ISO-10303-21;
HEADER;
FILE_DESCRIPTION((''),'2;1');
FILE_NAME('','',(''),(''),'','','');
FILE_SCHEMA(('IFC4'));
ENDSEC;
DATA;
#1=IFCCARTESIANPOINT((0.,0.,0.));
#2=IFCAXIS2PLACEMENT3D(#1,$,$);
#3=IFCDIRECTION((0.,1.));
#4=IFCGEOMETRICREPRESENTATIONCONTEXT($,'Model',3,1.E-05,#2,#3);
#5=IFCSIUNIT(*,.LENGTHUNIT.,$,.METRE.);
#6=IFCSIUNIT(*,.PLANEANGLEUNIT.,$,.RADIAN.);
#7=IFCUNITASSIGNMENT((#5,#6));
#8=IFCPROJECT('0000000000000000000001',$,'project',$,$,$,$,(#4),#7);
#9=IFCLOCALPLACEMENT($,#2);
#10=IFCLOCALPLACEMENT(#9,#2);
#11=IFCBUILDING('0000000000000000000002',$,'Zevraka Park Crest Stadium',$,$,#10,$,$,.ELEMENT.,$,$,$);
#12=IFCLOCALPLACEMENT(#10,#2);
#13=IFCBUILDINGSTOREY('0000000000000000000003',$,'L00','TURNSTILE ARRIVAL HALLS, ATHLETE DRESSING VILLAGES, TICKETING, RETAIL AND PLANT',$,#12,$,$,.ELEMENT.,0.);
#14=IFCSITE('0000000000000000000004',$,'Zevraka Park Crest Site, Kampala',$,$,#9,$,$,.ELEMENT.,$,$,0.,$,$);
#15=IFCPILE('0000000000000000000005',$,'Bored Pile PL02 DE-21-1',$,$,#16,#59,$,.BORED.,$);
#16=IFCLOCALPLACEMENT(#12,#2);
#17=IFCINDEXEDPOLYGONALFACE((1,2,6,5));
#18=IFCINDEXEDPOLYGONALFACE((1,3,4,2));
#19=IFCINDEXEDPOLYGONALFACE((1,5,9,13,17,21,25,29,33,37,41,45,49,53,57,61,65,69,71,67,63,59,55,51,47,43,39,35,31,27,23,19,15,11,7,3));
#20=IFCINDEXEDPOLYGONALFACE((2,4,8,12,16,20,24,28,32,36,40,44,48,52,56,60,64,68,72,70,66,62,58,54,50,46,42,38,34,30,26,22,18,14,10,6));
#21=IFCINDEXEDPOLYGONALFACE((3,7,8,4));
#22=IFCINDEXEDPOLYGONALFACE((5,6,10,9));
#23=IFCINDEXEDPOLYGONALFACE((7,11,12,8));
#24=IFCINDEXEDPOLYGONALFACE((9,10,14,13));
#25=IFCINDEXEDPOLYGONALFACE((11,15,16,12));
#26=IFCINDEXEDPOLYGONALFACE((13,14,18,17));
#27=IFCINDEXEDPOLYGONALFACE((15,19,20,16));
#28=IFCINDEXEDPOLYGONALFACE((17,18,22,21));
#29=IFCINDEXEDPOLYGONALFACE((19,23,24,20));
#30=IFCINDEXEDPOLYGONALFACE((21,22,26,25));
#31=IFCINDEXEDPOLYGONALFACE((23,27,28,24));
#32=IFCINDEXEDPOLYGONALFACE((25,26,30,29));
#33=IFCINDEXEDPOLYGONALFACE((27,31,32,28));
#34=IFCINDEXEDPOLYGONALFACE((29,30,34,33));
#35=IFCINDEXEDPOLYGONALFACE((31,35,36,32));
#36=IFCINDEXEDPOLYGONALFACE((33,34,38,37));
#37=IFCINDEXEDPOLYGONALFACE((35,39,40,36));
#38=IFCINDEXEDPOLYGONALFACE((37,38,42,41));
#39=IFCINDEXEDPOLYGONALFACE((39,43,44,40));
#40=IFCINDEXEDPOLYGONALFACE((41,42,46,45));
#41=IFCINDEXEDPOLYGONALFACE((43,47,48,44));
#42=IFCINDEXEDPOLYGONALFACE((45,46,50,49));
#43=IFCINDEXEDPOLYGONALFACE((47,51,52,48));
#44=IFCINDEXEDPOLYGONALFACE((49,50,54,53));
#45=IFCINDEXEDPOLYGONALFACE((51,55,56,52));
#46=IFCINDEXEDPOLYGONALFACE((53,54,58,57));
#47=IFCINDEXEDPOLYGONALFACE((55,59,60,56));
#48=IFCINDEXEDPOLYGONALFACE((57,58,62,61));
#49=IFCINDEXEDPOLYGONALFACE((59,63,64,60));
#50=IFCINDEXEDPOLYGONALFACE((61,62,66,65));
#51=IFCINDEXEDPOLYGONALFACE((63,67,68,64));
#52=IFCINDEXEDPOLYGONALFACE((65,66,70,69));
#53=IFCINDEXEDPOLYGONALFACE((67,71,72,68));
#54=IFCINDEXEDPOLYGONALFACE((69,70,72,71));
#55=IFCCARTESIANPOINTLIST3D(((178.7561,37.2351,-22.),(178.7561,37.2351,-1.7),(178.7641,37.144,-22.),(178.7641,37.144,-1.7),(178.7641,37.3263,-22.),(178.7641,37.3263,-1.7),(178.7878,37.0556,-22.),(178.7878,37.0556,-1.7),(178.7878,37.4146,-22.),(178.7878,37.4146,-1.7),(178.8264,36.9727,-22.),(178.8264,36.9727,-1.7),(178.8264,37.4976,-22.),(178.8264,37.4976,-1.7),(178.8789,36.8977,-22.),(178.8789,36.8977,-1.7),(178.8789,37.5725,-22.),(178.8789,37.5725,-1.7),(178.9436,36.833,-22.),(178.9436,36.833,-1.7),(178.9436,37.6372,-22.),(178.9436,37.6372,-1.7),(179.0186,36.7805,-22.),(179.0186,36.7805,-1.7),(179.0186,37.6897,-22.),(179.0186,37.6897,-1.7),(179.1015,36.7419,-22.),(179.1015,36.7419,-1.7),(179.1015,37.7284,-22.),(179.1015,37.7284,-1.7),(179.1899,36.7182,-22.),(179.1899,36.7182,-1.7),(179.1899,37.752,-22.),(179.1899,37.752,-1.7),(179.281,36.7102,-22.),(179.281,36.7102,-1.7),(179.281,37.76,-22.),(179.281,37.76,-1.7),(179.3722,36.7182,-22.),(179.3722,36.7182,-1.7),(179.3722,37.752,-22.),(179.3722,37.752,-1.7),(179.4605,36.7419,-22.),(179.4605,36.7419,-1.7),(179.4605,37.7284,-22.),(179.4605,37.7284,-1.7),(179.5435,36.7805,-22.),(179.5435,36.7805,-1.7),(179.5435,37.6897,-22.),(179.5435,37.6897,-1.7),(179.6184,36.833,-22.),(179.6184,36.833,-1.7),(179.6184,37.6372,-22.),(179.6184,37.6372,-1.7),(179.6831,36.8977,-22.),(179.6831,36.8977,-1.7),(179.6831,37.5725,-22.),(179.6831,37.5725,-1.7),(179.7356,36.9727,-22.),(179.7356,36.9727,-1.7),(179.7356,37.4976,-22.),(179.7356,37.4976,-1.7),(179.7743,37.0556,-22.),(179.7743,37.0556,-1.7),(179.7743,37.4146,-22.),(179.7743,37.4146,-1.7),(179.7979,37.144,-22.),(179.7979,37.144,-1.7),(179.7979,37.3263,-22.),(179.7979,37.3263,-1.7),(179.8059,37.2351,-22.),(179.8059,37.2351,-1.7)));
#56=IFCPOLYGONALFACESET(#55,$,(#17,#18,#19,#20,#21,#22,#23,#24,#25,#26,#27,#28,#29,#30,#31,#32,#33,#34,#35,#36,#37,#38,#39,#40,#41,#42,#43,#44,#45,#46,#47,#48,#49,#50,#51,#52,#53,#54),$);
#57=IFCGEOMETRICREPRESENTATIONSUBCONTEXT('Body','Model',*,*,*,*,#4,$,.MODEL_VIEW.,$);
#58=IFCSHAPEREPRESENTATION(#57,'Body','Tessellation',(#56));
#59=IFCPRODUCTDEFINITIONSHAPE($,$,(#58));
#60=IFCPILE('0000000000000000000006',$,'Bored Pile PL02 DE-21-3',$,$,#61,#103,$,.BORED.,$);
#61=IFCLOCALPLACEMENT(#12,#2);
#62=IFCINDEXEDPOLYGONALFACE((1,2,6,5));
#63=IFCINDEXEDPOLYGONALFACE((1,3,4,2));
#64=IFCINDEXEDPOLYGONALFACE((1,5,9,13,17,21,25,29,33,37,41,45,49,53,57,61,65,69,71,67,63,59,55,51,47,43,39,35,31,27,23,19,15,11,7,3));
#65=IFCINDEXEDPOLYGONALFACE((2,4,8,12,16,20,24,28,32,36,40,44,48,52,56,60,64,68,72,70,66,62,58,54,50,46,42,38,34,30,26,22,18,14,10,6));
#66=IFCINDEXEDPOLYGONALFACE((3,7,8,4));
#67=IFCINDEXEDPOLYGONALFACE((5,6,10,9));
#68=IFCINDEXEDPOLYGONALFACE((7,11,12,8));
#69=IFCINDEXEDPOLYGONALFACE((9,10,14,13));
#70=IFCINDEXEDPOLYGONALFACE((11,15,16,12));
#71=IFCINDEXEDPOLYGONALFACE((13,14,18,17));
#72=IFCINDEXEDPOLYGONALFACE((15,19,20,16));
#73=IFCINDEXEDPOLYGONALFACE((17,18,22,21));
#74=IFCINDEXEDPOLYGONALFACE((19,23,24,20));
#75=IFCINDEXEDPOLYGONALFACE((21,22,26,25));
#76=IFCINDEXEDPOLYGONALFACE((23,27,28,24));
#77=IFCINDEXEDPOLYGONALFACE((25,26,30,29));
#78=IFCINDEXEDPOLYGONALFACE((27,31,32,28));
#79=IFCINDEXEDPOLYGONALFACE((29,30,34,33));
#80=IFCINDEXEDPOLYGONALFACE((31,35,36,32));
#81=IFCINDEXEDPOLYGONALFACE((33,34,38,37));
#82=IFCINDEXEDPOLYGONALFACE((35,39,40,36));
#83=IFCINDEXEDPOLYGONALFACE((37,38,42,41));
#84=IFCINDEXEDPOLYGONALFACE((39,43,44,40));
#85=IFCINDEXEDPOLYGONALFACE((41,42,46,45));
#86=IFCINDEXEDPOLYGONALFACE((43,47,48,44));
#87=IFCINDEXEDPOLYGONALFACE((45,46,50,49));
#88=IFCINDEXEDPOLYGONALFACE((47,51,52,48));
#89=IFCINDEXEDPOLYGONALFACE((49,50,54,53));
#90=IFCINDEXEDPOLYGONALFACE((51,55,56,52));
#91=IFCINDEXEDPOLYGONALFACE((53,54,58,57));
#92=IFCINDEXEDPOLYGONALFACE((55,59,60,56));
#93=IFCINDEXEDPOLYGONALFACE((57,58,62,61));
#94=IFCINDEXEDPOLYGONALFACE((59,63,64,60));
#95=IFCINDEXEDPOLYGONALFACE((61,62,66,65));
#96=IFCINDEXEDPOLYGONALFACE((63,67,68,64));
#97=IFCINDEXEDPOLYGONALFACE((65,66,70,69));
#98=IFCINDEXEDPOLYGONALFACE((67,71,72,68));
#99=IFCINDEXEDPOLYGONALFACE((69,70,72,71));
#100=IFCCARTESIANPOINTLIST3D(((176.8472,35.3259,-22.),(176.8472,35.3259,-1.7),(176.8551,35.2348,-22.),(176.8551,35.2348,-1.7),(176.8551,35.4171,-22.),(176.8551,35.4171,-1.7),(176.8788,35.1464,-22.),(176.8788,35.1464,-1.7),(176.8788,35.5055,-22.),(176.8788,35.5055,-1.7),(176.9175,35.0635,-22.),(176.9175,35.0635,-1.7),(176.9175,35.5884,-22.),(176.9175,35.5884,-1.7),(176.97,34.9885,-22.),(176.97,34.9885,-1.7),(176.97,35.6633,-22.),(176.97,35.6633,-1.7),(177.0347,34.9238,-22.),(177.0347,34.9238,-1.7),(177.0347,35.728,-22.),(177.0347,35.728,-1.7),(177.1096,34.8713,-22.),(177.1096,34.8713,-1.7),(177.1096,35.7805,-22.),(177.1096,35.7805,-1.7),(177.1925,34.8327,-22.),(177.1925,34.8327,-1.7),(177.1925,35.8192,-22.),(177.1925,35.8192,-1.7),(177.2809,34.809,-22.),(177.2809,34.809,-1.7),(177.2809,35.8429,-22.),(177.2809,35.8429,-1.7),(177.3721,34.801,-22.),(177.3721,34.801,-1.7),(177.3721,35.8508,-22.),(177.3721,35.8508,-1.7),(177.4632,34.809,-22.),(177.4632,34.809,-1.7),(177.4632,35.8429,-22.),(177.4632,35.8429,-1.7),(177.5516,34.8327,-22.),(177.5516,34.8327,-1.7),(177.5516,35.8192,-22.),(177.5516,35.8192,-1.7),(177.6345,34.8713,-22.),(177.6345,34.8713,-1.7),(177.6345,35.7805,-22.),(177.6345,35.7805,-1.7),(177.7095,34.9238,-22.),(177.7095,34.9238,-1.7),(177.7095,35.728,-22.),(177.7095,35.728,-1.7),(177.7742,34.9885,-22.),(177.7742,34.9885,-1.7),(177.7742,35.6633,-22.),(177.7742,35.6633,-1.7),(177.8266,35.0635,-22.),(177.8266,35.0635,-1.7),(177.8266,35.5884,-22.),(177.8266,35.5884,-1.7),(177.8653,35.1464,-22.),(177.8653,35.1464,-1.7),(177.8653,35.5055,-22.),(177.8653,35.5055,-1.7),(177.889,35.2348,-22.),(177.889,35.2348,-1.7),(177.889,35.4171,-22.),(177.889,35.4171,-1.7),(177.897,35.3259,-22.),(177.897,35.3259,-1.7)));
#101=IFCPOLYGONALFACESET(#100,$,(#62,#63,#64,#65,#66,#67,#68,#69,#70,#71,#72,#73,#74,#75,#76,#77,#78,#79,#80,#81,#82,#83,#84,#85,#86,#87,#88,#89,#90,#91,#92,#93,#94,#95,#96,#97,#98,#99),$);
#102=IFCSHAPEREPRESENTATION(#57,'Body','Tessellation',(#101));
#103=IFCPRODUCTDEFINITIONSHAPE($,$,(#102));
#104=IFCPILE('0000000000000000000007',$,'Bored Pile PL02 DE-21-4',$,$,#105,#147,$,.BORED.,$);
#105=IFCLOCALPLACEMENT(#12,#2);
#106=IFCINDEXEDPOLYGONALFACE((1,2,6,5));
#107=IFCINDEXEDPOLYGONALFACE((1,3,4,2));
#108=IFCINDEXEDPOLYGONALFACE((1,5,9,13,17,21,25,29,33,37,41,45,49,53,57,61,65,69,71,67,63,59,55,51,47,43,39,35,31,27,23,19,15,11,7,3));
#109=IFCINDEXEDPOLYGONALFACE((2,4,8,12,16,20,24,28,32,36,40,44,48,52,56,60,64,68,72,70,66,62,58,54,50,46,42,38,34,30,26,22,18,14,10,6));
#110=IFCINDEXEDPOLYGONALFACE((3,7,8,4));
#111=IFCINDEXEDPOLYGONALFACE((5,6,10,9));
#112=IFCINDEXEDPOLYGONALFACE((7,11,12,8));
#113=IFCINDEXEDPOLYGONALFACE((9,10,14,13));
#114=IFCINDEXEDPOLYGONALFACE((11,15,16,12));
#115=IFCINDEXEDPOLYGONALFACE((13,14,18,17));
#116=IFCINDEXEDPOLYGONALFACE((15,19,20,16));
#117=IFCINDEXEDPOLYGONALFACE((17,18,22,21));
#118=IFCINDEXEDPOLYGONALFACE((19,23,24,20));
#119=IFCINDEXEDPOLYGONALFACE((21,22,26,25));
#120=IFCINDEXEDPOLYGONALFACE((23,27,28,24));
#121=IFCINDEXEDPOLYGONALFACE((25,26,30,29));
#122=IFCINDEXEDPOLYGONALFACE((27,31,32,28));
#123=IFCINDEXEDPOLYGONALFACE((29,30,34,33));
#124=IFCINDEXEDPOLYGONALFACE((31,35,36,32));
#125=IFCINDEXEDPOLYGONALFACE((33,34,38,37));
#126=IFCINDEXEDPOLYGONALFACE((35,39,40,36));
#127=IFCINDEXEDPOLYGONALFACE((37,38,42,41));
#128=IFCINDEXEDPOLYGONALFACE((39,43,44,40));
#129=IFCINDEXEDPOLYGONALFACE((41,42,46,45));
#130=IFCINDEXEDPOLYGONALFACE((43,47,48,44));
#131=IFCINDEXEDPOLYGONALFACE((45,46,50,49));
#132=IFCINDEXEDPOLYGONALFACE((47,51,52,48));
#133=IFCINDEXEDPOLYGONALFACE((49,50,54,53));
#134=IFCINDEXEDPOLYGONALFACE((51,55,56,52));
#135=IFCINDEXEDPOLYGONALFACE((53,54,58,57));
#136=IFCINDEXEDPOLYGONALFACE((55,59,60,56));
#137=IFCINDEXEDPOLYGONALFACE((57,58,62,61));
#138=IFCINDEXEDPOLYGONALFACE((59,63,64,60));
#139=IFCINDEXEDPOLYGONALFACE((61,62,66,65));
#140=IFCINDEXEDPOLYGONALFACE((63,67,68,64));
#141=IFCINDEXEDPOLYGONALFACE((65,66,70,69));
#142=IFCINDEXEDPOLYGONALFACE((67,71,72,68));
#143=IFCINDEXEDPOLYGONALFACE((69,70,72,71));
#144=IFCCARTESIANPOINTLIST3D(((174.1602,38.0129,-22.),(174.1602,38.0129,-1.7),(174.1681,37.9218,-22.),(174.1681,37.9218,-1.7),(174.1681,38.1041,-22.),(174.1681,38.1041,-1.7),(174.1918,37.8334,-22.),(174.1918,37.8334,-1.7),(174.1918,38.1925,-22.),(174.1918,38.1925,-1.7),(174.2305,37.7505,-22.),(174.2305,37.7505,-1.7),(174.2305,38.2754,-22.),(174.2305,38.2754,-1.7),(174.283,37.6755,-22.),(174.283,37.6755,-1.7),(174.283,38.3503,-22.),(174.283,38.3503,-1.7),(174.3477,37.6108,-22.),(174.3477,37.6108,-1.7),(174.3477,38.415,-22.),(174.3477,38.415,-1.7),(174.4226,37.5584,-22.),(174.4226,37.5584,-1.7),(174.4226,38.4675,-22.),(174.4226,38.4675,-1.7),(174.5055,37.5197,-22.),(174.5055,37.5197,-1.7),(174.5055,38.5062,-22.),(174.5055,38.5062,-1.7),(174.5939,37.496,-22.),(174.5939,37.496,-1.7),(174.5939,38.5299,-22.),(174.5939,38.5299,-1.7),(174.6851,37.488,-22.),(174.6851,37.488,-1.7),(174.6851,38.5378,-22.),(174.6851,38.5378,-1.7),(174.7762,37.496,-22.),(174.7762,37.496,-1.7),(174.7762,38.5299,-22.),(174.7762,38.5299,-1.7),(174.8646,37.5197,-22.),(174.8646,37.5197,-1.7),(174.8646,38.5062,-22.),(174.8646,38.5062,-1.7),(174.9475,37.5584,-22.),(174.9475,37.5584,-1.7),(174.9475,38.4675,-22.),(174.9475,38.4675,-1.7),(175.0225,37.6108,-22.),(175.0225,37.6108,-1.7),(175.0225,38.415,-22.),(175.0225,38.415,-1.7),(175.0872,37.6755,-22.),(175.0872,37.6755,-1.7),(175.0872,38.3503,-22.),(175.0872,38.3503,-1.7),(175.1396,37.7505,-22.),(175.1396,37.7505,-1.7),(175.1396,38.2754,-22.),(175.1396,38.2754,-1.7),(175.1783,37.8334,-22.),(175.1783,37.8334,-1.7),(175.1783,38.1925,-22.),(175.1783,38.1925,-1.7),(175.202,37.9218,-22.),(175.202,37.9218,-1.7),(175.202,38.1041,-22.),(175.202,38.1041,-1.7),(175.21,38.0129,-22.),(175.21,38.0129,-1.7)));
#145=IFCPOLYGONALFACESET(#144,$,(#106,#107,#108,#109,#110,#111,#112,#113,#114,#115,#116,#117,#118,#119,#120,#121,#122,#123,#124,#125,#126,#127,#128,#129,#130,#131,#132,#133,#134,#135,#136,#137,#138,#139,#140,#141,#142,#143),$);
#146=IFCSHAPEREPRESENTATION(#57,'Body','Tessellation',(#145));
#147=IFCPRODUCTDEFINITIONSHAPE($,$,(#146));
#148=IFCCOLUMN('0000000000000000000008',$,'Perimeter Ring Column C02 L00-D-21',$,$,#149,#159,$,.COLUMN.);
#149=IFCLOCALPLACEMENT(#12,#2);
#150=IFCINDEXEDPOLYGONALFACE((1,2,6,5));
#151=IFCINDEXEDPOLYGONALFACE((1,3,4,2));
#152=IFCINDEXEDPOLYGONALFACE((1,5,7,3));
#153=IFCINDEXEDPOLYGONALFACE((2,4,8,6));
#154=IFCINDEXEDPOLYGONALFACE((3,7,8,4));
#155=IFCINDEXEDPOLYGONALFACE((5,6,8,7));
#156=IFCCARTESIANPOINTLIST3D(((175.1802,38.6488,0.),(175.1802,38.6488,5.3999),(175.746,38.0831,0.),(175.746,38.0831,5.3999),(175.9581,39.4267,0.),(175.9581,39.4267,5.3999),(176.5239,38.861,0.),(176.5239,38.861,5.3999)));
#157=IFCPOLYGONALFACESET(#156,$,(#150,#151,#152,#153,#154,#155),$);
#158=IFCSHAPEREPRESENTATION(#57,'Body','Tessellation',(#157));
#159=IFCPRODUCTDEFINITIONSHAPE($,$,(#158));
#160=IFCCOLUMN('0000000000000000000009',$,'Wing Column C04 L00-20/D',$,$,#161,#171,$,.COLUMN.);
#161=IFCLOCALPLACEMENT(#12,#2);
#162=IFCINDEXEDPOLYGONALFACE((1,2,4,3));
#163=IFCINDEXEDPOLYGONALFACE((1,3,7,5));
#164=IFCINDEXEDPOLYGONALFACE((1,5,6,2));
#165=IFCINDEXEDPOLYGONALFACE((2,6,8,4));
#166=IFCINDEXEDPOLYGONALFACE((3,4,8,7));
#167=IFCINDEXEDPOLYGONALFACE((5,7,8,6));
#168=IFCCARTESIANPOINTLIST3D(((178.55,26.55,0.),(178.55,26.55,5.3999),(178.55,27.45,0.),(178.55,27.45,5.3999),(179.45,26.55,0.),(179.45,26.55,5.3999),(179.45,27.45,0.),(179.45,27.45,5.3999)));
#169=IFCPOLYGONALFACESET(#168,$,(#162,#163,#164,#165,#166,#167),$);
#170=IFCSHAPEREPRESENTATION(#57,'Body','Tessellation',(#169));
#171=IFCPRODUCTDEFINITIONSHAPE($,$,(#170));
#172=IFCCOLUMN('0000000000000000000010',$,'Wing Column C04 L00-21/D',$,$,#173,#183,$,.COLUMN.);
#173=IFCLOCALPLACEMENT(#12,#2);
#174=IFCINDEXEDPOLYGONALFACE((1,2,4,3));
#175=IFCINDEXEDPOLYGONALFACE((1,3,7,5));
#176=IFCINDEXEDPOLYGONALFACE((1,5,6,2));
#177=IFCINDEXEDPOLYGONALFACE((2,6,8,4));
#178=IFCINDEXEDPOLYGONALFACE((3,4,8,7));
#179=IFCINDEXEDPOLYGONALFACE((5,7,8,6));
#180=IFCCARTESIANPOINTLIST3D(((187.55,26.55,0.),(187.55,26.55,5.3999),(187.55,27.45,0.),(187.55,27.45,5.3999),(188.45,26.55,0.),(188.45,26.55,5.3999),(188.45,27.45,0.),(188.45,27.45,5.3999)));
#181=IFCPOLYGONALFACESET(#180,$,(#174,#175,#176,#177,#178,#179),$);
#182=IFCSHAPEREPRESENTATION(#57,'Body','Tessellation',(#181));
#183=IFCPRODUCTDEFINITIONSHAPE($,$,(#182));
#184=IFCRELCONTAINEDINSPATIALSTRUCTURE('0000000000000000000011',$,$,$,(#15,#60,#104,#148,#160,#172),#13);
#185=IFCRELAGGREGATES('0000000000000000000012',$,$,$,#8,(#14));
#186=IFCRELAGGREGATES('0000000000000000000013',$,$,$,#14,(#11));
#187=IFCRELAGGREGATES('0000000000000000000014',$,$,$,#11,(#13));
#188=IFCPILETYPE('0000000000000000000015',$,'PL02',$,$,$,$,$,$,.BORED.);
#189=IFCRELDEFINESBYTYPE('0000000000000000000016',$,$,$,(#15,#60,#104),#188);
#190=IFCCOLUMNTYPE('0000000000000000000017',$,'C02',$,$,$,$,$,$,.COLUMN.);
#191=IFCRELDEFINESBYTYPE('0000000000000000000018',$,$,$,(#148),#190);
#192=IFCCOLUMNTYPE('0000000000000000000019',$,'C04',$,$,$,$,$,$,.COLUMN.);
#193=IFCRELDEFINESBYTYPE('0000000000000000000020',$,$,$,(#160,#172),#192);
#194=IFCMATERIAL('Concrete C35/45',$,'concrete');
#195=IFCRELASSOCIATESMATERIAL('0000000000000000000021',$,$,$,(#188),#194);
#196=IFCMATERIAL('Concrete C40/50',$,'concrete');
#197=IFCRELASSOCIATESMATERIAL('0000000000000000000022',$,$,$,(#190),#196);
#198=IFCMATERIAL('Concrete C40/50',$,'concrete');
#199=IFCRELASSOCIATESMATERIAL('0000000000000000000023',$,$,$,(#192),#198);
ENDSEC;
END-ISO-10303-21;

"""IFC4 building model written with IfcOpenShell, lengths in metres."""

from ifc_helpers import new_model, si_unit, direction, frame, origin, origin_2d, place, context, subcontext, project, spatial, rectangle, circle, extrude, material, material_profile, profile_set, type_object, element, save


model = new_model("IFC4")

# Units and contexts
model_context = context("Model", 3, precision=1e-05, world=origin(), true_north=direction((0.0, 1.0)))
body_context = subcontext(model_context, "Body", "Model", "MODEL_VIEW")
ifc_project = project(units=[si_unit("LENGTHUNIT", "METRE"), si_unit("PLANEANGLEUNIT", "RADIAN")], contexts=[model_context])

# Site, building, storey
site_placement = place(None, origin())
site = spatial("IfcSite", under=ifc_project, at=site_placement, Name="Zevraka Park Crest Site, Kampala", CompositionType="ELEMENT", RefElevation=0.0)
building_placement = place(site_placement, origin())
building = spatial("IfcBuilding", under=site, at=building_placement, Name="Zevraka Park Crest Stadium", CompositionType="ELEMENT")
storey_placement = place(building_placement, origin())
storey = spatial("IfcBuildingStorey", under=building, at=storey_placement, Name="L00", Description="TURNSTILE ARRIVAL HALLS, ATHLETE DRESSING VILLAGES, TICKETING, RETAIL AND PLANT", CompositionType="ELEMENT", Elevation=0.0)

# Piles
ifc_material_1 = material(Name="Concrete C35/45", Category="concrete")
ifc_material_profile_1 = material_profile(ifc_material_1, circle(Radius=0.5249, at=origin_2d()), Name="PILE D1050")
ifc_profile_set_1 = profile_set([ifc_material_profile_1], Name="Concrete C35/45")
pile_type_1 = type_object("IfcPileType", Name="PL02", PredefinedType="BORED", material=ifc_profile_set_1)
for number, where, z_axis, x_axis, name in (
    (1, (179.281, 37.2351, -1.7), (0.0, 0.0, -1.0), (1.0, 0.0, 0.0), "Bored Pile PL02 DE-21-1"),
    (2, (177.3721, 35.3259, -1.7), (0.0, 0.0, -1.0), (1.0, 0.0, 0.0), "Bored Pile PL02 DE-21-3"),
    (3, (174.6851, 38.0129, -1.7), (0.0, 0.0, -1.0), (1.0, 0.0, 0.0), "Bored Pile PL02 DE-21-4"),
):
    element("IfcPile", number, at=place(storey_placement, frame(where, z_axis=z_axis, x_axis=x_axis)), inside=storey, type_object=pile_type_1, Name=name, PredefinedType="BORED", context=body_context, shape_type="SweptSolid", body=[
        extrude(circle(Radius=0.5249, at=origin_2d()), origin(), (0.0, 0.0, 1.0), 20.3),
    ])

# Columns
ifc_material_2 = material(Name="Concrete C40/50", Category="concrete")
ifc_material_profile_2 = material_profile(ifc_material_2, rectangle(XDim=0.8, YDim=1.1001, at=origin_2d()), Name="RC 1100x800")
ifc_profile_set_2 = profile_set([ifc_material_profile_2], Name="Concrete C40/50")
column_type_1 = type_object("IfcColumnType", Name="C02", PredefinedType="COLUMN", material=ifc_profile_set_2)
column_1_placement = place(storey_placement, frame((175.8521, 38.7549, 0.0), z_axis=(0.0, 0.0, 1.0), x_axis=(-0.707107, 0.707107, 0.0)))
element("IfcColumn", 4, at=column_1_placement, inside=storey, type_object=column_type_1, Name="Perimeter Ring Column C02 L00-D-21", PredefinedType="COLUMN", context=body_context, shape_type="SweptSolid", body=[
    extrude(rectangle(XDim=0.8, YDim=1.1001, at=origin_2d()), origin(), (0.0, 0.0, 1.0), 5.3999),
])
ifc_material_3 = material(Name="Concrete C40/50", Category="concrete")
ifc_material_profile_3 = material_profile(ifc_material_3, rectangle(XDim=0.8999, YDim=0.8999, at=origin_2d()), Name="RC 900x900")
ifc_profile_set_3 = profile_set([ifc_material_profile_3], Name="Concrete C40/50")
column_type_2 = type_object("IfcColumnType", Name="C04", PredefinedType="COLUMN", material=ifc_profile_set_3)
for number, where, z_axis, x_axis, name in (
    (5, (179.0, 27.0, 0.0), (0.0, 0.0, 1.0), (1.0, 0.0, 0.0), "Wing Column C04 L00-20/D"),
    (6, (188.0, 27.0, 0.0), (0.0, 0.0, 1.0), (1.0, 0.0, 0.0), "Wing Column C04 L00-21/D"),
):
    element("IfcColumn", number, at=place(storey_placement, frame(where, z_axis=z_axis, x_axis=x_axis)), inside=storey, type_object=column_type_2, Name=name, PredefinedType="COLUMN", context=body_context, shape_type="SweptSolid", body=[
        extrude(rectangle(XDim=0.8999, YDim=0.8999, at=origin_2d()), origin(), (0.0, 0.0, 1.0), 5.3999),
    ])

save(model, "model.ifc")
